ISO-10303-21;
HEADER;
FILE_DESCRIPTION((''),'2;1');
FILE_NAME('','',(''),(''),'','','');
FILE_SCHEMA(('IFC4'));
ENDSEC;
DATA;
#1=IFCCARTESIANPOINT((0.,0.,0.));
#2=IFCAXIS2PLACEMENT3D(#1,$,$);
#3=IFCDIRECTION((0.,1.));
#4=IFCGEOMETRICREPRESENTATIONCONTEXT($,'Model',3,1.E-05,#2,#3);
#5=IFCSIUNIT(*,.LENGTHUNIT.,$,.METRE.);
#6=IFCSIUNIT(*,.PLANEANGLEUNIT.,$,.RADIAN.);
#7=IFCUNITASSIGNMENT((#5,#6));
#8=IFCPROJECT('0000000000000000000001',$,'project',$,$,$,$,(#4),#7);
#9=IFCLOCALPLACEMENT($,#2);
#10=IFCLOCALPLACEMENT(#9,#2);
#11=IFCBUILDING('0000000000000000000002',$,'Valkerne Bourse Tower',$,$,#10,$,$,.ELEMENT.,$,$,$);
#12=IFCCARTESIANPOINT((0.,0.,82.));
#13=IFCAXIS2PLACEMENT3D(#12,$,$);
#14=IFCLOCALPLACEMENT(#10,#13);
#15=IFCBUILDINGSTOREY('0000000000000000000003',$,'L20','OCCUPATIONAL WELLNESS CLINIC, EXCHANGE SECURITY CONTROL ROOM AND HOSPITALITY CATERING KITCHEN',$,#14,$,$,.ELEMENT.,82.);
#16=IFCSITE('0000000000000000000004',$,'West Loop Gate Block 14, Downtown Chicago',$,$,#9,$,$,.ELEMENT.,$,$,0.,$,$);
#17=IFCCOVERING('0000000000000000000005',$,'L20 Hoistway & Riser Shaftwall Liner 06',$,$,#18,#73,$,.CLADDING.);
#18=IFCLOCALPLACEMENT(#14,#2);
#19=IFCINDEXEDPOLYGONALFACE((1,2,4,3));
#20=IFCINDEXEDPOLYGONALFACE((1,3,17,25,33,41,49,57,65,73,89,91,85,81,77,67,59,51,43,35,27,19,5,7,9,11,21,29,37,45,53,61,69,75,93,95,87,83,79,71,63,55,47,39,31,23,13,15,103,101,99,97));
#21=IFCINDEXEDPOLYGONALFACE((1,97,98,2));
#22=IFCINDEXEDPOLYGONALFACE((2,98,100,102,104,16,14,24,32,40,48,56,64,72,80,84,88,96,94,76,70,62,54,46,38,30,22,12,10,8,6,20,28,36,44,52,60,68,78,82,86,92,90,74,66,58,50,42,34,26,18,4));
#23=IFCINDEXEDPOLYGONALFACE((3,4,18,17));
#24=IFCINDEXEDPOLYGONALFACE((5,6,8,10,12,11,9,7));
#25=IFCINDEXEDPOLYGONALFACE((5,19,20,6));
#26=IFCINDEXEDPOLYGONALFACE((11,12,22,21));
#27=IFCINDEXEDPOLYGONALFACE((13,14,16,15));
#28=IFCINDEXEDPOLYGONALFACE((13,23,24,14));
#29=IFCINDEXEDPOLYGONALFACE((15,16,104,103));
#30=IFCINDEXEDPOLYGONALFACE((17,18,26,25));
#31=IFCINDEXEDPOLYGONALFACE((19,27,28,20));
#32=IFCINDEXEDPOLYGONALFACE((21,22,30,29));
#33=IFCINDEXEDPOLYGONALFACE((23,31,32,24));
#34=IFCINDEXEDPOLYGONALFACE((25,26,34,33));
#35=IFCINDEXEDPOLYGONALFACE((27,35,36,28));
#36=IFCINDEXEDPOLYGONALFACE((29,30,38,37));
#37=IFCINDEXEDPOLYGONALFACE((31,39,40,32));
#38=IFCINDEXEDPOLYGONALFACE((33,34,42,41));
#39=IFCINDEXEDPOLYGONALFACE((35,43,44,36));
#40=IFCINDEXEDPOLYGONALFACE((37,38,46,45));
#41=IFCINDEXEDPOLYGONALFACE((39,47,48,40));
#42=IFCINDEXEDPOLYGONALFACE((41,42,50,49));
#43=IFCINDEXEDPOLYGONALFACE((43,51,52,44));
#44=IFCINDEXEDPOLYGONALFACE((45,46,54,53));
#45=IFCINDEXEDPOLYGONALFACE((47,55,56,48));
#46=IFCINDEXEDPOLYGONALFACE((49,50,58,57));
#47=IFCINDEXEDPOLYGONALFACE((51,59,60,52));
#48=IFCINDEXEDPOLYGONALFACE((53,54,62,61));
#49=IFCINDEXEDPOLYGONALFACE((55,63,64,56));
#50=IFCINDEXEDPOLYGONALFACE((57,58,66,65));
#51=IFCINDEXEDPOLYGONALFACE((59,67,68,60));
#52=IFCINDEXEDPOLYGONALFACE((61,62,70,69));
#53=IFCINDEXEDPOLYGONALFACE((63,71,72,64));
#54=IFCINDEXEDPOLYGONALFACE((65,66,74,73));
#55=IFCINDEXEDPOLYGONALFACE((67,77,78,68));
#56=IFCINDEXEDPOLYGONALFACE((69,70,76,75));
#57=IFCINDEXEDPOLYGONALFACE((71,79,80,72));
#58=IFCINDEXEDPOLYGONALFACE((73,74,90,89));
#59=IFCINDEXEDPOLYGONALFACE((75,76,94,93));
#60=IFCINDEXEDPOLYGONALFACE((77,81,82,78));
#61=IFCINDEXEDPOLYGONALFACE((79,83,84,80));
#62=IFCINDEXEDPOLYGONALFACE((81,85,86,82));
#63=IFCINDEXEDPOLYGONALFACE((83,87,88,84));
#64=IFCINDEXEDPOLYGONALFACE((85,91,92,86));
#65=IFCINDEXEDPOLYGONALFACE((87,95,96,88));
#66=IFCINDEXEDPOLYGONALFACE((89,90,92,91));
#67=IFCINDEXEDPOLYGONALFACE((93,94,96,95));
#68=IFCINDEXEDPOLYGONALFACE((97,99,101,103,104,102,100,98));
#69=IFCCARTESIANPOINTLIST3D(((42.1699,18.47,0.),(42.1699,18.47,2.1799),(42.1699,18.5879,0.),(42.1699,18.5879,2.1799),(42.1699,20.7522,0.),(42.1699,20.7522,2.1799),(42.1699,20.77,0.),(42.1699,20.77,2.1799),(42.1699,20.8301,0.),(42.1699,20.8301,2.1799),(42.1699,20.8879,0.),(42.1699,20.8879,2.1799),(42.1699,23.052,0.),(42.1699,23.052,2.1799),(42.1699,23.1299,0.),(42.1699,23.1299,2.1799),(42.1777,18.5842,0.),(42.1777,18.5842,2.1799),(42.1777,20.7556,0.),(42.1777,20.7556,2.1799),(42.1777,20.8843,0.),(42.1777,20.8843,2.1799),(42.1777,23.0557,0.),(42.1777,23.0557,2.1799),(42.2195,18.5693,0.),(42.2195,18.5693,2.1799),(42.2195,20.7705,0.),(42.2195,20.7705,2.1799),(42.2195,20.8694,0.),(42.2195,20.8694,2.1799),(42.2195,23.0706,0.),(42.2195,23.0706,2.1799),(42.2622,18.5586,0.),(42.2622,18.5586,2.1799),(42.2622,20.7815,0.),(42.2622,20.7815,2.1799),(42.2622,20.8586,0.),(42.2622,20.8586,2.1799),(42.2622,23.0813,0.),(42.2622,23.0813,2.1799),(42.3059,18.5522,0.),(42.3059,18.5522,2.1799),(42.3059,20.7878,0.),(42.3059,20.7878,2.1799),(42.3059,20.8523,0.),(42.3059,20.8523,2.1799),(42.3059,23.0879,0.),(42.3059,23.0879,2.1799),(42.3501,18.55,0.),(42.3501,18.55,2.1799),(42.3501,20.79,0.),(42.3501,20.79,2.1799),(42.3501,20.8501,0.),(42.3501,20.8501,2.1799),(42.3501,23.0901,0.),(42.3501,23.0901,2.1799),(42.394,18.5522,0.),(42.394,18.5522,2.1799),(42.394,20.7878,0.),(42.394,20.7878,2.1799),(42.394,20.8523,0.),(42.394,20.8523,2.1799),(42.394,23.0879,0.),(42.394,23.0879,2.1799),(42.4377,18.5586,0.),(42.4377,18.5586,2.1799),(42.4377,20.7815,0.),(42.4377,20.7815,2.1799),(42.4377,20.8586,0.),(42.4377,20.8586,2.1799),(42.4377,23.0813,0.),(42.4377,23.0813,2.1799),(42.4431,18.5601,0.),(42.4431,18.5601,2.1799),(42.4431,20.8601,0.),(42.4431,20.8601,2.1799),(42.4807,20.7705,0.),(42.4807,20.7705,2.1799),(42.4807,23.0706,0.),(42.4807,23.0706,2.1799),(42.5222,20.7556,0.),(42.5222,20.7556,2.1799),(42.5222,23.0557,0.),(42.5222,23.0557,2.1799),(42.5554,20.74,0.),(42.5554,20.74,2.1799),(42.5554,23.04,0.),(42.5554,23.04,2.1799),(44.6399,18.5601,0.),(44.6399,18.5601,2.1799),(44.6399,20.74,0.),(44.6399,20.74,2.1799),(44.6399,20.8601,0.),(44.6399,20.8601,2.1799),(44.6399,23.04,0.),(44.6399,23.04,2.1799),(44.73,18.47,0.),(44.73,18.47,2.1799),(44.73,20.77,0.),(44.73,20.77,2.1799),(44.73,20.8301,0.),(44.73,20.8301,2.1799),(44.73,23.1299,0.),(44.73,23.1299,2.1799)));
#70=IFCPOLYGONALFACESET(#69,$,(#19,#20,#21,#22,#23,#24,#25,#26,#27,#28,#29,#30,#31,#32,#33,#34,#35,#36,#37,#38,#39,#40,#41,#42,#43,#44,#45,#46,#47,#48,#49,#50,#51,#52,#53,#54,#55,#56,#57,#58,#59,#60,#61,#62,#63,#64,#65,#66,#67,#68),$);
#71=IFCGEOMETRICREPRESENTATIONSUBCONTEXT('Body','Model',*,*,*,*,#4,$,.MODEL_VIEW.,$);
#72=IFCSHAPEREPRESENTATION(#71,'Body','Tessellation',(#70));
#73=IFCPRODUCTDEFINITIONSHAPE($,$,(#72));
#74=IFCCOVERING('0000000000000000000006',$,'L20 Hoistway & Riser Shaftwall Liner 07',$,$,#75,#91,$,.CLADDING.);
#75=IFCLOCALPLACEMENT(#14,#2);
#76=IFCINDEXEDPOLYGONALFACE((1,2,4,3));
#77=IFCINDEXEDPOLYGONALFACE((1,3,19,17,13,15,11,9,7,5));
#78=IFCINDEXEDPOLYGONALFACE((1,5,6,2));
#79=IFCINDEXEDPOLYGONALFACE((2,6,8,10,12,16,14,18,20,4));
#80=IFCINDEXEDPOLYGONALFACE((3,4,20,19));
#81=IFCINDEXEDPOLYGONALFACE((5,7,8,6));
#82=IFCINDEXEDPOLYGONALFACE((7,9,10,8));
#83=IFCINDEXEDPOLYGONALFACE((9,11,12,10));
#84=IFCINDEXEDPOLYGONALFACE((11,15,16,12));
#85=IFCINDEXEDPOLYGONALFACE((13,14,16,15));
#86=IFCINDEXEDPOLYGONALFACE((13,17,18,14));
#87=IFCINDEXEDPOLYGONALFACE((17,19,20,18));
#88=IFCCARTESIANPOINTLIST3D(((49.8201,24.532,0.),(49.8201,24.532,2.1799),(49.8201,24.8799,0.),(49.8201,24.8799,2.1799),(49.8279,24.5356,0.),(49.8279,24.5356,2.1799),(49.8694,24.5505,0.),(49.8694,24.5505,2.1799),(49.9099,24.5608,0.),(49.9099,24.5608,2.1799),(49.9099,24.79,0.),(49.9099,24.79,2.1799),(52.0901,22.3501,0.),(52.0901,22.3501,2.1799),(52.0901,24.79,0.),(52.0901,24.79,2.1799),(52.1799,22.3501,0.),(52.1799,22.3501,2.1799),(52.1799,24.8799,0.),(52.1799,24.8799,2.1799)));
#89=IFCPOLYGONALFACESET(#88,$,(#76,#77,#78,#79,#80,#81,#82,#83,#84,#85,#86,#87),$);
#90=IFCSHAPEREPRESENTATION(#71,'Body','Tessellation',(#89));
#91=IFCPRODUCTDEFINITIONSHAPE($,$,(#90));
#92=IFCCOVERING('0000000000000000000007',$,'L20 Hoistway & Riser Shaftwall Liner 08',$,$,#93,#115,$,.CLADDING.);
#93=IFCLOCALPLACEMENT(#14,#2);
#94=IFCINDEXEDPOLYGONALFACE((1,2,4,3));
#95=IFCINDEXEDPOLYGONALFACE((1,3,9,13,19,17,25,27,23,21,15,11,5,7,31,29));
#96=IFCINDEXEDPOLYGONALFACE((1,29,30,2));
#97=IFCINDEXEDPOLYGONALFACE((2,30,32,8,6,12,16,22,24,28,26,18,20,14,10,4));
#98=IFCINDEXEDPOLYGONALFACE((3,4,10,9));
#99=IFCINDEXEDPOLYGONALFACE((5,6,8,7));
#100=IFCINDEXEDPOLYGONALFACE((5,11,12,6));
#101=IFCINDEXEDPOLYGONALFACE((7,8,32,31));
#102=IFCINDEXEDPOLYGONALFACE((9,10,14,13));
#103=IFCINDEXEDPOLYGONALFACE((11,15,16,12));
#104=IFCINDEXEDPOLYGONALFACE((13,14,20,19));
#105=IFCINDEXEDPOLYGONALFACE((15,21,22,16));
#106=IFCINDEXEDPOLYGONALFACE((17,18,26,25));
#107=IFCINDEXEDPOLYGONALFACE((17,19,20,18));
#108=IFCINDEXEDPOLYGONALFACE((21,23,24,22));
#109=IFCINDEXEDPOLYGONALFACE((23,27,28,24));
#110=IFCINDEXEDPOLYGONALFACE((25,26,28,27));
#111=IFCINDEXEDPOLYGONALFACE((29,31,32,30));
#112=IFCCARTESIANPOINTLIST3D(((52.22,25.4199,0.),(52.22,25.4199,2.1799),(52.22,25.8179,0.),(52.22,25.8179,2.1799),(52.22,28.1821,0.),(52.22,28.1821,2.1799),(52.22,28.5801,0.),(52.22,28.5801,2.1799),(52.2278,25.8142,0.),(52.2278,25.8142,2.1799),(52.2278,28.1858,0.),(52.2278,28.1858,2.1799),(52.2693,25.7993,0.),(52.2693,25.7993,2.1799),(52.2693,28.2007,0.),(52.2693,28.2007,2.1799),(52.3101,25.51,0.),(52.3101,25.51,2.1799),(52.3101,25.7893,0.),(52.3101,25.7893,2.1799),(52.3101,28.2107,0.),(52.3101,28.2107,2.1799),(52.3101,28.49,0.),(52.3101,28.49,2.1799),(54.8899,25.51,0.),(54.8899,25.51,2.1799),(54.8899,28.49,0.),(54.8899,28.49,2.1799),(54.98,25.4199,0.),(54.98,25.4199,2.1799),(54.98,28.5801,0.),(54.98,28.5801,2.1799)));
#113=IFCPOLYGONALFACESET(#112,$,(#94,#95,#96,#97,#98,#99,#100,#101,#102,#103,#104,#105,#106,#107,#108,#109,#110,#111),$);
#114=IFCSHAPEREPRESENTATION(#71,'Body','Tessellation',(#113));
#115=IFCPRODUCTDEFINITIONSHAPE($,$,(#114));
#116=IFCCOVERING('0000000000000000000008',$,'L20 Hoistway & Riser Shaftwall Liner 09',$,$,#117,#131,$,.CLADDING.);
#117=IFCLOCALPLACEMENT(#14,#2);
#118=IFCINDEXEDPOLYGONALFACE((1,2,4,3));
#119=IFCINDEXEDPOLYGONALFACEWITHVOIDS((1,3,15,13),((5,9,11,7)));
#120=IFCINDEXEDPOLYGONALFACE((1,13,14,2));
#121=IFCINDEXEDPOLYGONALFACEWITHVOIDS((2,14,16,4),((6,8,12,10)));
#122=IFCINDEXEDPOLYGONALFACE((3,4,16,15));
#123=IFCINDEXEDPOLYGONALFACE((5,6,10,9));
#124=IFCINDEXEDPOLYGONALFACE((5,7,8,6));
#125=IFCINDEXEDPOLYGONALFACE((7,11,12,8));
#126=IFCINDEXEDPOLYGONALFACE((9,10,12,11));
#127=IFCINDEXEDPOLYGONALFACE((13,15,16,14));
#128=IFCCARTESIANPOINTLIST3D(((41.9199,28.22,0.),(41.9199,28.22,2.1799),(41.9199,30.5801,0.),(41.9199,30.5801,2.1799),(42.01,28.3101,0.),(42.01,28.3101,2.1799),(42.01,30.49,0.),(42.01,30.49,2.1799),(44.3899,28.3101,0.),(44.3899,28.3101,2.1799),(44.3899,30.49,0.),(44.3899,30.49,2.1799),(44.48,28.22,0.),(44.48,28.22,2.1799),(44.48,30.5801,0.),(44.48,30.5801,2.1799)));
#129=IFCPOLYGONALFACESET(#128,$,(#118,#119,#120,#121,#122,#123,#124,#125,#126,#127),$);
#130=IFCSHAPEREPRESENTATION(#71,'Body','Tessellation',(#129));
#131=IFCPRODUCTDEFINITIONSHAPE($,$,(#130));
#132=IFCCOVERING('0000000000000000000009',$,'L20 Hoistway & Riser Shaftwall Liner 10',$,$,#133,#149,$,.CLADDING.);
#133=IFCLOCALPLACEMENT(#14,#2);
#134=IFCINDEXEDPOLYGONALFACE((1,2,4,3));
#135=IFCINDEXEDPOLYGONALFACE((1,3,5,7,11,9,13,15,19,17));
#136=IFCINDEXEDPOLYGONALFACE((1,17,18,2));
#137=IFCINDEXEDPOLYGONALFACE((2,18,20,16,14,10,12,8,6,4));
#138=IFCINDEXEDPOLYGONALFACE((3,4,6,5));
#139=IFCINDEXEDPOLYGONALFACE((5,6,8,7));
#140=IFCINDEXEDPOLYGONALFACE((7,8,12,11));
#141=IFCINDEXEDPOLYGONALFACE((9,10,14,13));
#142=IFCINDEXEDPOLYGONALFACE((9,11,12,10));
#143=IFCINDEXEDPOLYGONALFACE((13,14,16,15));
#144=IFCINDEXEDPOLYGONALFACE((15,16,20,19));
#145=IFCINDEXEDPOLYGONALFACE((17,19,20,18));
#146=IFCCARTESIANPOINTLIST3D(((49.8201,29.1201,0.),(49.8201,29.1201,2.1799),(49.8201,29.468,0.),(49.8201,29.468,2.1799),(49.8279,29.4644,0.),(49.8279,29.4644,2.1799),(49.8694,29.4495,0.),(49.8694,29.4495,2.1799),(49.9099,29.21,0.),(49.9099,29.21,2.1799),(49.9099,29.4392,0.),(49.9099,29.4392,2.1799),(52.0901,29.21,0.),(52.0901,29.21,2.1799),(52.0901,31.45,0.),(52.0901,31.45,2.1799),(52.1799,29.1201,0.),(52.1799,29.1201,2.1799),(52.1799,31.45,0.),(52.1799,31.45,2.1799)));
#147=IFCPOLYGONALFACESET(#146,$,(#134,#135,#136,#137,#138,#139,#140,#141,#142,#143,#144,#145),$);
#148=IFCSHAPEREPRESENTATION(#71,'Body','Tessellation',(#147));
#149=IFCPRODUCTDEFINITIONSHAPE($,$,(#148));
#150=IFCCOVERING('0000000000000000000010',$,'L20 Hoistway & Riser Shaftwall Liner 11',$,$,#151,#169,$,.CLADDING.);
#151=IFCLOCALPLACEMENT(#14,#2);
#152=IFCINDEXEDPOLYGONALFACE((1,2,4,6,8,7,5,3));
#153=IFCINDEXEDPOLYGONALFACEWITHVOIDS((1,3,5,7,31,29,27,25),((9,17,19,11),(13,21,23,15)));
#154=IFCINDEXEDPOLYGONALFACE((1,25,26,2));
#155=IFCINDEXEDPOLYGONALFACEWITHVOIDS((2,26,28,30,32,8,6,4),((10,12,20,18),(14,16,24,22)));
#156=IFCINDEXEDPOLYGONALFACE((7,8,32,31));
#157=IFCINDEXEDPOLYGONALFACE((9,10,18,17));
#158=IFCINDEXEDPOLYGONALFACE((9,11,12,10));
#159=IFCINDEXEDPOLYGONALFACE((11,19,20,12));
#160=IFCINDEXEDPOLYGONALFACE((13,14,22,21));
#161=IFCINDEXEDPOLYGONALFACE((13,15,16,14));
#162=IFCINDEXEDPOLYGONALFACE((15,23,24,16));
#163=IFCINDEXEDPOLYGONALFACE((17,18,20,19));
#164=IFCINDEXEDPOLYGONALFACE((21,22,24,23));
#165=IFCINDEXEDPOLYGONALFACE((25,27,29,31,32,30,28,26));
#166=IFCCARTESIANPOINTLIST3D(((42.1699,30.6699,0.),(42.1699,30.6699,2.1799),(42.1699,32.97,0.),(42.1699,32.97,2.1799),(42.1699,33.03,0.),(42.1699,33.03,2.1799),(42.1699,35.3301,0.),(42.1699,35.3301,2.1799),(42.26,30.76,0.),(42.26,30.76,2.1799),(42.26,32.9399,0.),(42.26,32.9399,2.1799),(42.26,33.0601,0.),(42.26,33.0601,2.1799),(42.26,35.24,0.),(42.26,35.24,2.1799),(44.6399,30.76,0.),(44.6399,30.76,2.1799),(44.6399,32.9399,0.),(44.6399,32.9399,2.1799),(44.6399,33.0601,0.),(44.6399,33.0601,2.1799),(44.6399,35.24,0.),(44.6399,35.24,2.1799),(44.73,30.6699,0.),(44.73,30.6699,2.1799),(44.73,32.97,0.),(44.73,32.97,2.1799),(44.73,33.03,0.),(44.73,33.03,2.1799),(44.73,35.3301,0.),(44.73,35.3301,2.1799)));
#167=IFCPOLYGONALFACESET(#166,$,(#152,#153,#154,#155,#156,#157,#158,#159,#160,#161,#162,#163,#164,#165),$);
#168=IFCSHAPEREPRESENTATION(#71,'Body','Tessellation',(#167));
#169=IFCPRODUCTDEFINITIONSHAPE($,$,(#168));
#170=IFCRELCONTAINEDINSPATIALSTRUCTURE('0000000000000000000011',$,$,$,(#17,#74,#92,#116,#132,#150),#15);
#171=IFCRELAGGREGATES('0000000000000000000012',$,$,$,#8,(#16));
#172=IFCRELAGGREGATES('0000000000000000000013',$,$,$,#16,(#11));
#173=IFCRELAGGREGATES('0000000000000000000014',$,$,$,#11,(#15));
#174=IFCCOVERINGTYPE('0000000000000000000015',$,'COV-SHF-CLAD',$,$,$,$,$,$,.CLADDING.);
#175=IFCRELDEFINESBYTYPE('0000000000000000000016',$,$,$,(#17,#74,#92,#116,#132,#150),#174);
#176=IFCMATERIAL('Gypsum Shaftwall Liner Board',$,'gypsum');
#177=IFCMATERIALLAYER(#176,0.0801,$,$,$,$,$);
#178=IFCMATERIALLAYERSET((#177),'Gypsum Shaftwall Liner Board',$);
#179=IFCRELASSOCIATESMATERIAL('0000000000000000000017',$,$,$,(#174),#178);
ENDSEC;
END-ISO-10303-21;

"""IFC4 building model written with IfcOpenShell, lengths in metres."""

from ifc_helpers import new_model, si_unit, direction, frame, origin, place, context, subcontext, project, spatial, polyline, outline, extrude, material, layer, layer_set, type_object, element, save


model = new_model("IFC4")

# Units and contexts
model_context = context("Model", 3, precision=1e-05, world=origin(), true_north=direction((0.0, 1.0)))
body_context = subcontext(model_context, "Body", "Model", "MODEL_VIEW")
ifc_project = project(units=[si_unit("LENGTHUNIT", "METRE"), si_unit("PLANEANGLEUNIT", "RADIAN")], contexts=[model_context])

# Site, building, storey
site_placement = place(None, origin())
site = spatial("IfcSite", under=ifc_project, at=site_placement, Name="West Loop Gate Block 14, Downtown Chicago", CompositionType="ELEMENT", RefElevation=0.0)
building_placement = place(site_placement, origin())
building = spatial("IfcBuilding", under=site, at=building_placement, Name="Valkerne Bourse Tower", CompositionType="ELEMENT")
storey_placement = place(building_placement, frame((0.0, 0.0, 82.0)))
storey = spatial("IfcBuildingStorey", under=building, at=storey_placement, Name="L20", Description="OCCUPATIONAL WELLNESS CLINIC, EXCHANGE SECURITY CONTROL ROOM AND HOSPITALITY CATERING KITCHEN", CompositionType="ELEMENT", Elevation=82.0)

# Coverings
ifc_material_1 = material(Name="Gypsum Shaftwall Liner Board", Category="gypsum")
ifc_layer_1 = layer(ifc_material_1, 0.0801)
ifc_layer_set_1 = layer_set([ifc_layer_1], Name="Gypsum Shaftwall Liner Board")
covering_type_1 = type_object("IfcCoveringType", Name="COV-SHF-CLAD", PredefinedType="CLADDING", material=ifc_layer_set_1)
covering_1_placement = place(storey_placement, origin())
element("IfcCovering", 1, at=covering_1_placement, inside=storey, type_object=covering_type_1, Name="L20 Hoistway & Riser Shaftwall Liner 06", PredefinedType="CLADDING", context=body_context, shape_type="SweptSolid", body=[
    extrude(outline(polyline([(42.1699, 20.8301), (42.1699, 20.8879), (42.1777, 20.8843), (42.2195, 20.8694), (42.2622, 20.8586), (42.3059, 20.8523), (42.3501, 20.8501), (42.394, 20.8523), (42.4377, 20.8586), (42.4431, 20.8601), (44.6399, 20.8601), (44.6399, 23.04), (42.5554, 23.04), (42.5222, 23.0557), (42.4807, 23.0706), (42.4377, 23.0813), (42.394, 23.0879), (42.3501, 23.0901), (42.3059, 23.0879), (42.2622, 23.0813), (42.2195, 23.0706), (42.1777, 23.0557), (42.1699, 23.052), (42.1699, 23.1299), (44.73, 23.1299), (44.73, 20.8301), (44.73, 20.77), (44.73, 18.47), (42.1699, 18.47), (42.1699, 18.5879), (42.1777, 18.5842), (42.2195, 18.5693), (42.2622, 18.5586), (42.3059, 18.5522), (42.3501, 18.55), (42.394, 18.5522), (42.4377, 18.5586), (42.4431, 18.5601), (44.6399, 18.5601), (44.6399, 20.74), (42.5554, 20.74), (42.5222, 20.7556), (42.4807, 20.7705), (42.4377, 20.7815), (42.394, 20.7878), (42.3501, 20.79), (42.3059, 20.7878), (42.2622, 20.7815), (42.2195, 20.7705), (42.1777, 20.7556), (42.1699, 20.7522), (42.1699, 20.77), (42.1699, 20.8301)])), origin(), (0.0, 0.0, 1.0), 2.1799),
])
covering_2_placement = place(storey_placement, origin())
element("IfcCovering", 2, at=covering_2_placement, inside=storey, type_object=covering_type_1, Name="L20 Hoistway & Riser Shaftwall Liner 07", PredefinedType="CLADDING", context=body_context, shape_type="SweptSolid", body=[
    extrude(outline(polyline([(52.1799, 22.3501), (52.0901, 22.3501), (52.0901, 24.79), (49.9099, 24.79), (49.9099, 24.5608), (49.8694, 24.5505), (49.8279, 24.5356), (49.8201, 24.532), (49.8201, 24.8799), (52.1799, 24.8799), (52.1799, 22.3501)])), origin(), (0.0, 0.0, 1.0), 2.1799),
])
covering_3_placement = place(storey_placement, origin())
element("IfcCovering", 3, at=covering_3_placement, inside=storey, type_object=covering_type_1, Name="L20 Hoistway & Riser Shaftwall Liner 08", PredefinedType="CLADDING", context=body_context, shape_type="SweptSolid", body=[
    extrude(outline(polyline([(54.98, 25.4199), (52.22, 25.4199), (52.22, 25.8179), (52.2278, 25.8142), (52.2693, 25.7993), (52.3101, 25.7893), (52.3101, 25.51), (54.8899, 25.51), (54.8899, 28.49), (52.3101, 28.49), (52.3101, 28.2107), (52.2693, 28.2007), (52.2278, 28.1858), (52.22, 28.1821), (52.22, 28.5801), (54.98, 28.5801), (54.98, 25.4199)])), origin(), (0.0, 0.0, 1.0), 2.1799),
])
covering_4_placement = place(storey_placement, origin())
element("IfcCovering", 4, at=covering_4_placement, inside=storey, type_object=covering_type_1, Name="L20 Hoistway & Riser Shaftwall Liner 09", PredefinedType="CLADDING", context=body_context, shape_type="SweptSolid", body=[
    extrude(outline(polyline([(44.48, 28.22), (41.9199, 28.22), (41.9199, 30.5801), (44.48, 30.5801), (44.48, 28.22)]), holes=[polyline([(42.01, 30.49), (42.01, 28.3101), (44.3899, 28.3101), (44.3899, 30.49), (42.01, 30.49)])]), origin(), (0.0, 0.0, 1.0), 2.1799),
])
covering_5_placement = place(storey_placement, origin())
element("IfcCovering", 5, at=covering_5_placement, inside=storey, type_object=covering_type_1, Name="L20 Hoistway & Riser Shaftwall Liner 10", PredefinedType="CLADDING", context=body_context, shape_type="SweptSolid", body=[
    extrude(outline(polyline([(49.8201, 29.1201), (49.8201, 29.468), (49.8279, 29.4644), (49.8694, 29.4495), (49.9099, 29.4392), (49.9099, 29.21), (52.0901, 29.21), (52.0901, 31.45), (52.1799, 31.45), (52.1799, 29.1201), (49.8201, 29.1201)])), origin(), (0.0, 0.0, 1.0), 2.1799),
])
covering_6_placement = place(storey_placement, origin())
element("IfcCovering", 6, at=covering_6_placement, inside=storey, type_object=covering_type_1, Name="L20 Hoistway & Riser Shaftwall Liner 11", PredefinedType="CLADDING", context=body_context, shape_type="SweptSolid", body=[
    extrude(outline(polyline([(44.73, 35.3301), (44.73, 33.03), (44.73, 32.97), (44.73, 30.6699), (42.1699, 30.6699), (42.1699, 32.97), (42.1699, 33.03), (42.1699, 35.3301), (44.73, 35.3301)]), holes=[polyline([(42.26, 30.76), (44.6399, 30.76), (44.6399, 32.9399), (42.26, 32.9399), (42.26, 30.76)]), polyline([(42.26, 33.0601), (44.6399, 33.0601), (44.6399, 35.24), (42.26, 35.24), (42.26, 33.0601)])]), origin(), (0.0, 0.0, 1.0), 2.1799),
])

save(model, "model.ifc")
